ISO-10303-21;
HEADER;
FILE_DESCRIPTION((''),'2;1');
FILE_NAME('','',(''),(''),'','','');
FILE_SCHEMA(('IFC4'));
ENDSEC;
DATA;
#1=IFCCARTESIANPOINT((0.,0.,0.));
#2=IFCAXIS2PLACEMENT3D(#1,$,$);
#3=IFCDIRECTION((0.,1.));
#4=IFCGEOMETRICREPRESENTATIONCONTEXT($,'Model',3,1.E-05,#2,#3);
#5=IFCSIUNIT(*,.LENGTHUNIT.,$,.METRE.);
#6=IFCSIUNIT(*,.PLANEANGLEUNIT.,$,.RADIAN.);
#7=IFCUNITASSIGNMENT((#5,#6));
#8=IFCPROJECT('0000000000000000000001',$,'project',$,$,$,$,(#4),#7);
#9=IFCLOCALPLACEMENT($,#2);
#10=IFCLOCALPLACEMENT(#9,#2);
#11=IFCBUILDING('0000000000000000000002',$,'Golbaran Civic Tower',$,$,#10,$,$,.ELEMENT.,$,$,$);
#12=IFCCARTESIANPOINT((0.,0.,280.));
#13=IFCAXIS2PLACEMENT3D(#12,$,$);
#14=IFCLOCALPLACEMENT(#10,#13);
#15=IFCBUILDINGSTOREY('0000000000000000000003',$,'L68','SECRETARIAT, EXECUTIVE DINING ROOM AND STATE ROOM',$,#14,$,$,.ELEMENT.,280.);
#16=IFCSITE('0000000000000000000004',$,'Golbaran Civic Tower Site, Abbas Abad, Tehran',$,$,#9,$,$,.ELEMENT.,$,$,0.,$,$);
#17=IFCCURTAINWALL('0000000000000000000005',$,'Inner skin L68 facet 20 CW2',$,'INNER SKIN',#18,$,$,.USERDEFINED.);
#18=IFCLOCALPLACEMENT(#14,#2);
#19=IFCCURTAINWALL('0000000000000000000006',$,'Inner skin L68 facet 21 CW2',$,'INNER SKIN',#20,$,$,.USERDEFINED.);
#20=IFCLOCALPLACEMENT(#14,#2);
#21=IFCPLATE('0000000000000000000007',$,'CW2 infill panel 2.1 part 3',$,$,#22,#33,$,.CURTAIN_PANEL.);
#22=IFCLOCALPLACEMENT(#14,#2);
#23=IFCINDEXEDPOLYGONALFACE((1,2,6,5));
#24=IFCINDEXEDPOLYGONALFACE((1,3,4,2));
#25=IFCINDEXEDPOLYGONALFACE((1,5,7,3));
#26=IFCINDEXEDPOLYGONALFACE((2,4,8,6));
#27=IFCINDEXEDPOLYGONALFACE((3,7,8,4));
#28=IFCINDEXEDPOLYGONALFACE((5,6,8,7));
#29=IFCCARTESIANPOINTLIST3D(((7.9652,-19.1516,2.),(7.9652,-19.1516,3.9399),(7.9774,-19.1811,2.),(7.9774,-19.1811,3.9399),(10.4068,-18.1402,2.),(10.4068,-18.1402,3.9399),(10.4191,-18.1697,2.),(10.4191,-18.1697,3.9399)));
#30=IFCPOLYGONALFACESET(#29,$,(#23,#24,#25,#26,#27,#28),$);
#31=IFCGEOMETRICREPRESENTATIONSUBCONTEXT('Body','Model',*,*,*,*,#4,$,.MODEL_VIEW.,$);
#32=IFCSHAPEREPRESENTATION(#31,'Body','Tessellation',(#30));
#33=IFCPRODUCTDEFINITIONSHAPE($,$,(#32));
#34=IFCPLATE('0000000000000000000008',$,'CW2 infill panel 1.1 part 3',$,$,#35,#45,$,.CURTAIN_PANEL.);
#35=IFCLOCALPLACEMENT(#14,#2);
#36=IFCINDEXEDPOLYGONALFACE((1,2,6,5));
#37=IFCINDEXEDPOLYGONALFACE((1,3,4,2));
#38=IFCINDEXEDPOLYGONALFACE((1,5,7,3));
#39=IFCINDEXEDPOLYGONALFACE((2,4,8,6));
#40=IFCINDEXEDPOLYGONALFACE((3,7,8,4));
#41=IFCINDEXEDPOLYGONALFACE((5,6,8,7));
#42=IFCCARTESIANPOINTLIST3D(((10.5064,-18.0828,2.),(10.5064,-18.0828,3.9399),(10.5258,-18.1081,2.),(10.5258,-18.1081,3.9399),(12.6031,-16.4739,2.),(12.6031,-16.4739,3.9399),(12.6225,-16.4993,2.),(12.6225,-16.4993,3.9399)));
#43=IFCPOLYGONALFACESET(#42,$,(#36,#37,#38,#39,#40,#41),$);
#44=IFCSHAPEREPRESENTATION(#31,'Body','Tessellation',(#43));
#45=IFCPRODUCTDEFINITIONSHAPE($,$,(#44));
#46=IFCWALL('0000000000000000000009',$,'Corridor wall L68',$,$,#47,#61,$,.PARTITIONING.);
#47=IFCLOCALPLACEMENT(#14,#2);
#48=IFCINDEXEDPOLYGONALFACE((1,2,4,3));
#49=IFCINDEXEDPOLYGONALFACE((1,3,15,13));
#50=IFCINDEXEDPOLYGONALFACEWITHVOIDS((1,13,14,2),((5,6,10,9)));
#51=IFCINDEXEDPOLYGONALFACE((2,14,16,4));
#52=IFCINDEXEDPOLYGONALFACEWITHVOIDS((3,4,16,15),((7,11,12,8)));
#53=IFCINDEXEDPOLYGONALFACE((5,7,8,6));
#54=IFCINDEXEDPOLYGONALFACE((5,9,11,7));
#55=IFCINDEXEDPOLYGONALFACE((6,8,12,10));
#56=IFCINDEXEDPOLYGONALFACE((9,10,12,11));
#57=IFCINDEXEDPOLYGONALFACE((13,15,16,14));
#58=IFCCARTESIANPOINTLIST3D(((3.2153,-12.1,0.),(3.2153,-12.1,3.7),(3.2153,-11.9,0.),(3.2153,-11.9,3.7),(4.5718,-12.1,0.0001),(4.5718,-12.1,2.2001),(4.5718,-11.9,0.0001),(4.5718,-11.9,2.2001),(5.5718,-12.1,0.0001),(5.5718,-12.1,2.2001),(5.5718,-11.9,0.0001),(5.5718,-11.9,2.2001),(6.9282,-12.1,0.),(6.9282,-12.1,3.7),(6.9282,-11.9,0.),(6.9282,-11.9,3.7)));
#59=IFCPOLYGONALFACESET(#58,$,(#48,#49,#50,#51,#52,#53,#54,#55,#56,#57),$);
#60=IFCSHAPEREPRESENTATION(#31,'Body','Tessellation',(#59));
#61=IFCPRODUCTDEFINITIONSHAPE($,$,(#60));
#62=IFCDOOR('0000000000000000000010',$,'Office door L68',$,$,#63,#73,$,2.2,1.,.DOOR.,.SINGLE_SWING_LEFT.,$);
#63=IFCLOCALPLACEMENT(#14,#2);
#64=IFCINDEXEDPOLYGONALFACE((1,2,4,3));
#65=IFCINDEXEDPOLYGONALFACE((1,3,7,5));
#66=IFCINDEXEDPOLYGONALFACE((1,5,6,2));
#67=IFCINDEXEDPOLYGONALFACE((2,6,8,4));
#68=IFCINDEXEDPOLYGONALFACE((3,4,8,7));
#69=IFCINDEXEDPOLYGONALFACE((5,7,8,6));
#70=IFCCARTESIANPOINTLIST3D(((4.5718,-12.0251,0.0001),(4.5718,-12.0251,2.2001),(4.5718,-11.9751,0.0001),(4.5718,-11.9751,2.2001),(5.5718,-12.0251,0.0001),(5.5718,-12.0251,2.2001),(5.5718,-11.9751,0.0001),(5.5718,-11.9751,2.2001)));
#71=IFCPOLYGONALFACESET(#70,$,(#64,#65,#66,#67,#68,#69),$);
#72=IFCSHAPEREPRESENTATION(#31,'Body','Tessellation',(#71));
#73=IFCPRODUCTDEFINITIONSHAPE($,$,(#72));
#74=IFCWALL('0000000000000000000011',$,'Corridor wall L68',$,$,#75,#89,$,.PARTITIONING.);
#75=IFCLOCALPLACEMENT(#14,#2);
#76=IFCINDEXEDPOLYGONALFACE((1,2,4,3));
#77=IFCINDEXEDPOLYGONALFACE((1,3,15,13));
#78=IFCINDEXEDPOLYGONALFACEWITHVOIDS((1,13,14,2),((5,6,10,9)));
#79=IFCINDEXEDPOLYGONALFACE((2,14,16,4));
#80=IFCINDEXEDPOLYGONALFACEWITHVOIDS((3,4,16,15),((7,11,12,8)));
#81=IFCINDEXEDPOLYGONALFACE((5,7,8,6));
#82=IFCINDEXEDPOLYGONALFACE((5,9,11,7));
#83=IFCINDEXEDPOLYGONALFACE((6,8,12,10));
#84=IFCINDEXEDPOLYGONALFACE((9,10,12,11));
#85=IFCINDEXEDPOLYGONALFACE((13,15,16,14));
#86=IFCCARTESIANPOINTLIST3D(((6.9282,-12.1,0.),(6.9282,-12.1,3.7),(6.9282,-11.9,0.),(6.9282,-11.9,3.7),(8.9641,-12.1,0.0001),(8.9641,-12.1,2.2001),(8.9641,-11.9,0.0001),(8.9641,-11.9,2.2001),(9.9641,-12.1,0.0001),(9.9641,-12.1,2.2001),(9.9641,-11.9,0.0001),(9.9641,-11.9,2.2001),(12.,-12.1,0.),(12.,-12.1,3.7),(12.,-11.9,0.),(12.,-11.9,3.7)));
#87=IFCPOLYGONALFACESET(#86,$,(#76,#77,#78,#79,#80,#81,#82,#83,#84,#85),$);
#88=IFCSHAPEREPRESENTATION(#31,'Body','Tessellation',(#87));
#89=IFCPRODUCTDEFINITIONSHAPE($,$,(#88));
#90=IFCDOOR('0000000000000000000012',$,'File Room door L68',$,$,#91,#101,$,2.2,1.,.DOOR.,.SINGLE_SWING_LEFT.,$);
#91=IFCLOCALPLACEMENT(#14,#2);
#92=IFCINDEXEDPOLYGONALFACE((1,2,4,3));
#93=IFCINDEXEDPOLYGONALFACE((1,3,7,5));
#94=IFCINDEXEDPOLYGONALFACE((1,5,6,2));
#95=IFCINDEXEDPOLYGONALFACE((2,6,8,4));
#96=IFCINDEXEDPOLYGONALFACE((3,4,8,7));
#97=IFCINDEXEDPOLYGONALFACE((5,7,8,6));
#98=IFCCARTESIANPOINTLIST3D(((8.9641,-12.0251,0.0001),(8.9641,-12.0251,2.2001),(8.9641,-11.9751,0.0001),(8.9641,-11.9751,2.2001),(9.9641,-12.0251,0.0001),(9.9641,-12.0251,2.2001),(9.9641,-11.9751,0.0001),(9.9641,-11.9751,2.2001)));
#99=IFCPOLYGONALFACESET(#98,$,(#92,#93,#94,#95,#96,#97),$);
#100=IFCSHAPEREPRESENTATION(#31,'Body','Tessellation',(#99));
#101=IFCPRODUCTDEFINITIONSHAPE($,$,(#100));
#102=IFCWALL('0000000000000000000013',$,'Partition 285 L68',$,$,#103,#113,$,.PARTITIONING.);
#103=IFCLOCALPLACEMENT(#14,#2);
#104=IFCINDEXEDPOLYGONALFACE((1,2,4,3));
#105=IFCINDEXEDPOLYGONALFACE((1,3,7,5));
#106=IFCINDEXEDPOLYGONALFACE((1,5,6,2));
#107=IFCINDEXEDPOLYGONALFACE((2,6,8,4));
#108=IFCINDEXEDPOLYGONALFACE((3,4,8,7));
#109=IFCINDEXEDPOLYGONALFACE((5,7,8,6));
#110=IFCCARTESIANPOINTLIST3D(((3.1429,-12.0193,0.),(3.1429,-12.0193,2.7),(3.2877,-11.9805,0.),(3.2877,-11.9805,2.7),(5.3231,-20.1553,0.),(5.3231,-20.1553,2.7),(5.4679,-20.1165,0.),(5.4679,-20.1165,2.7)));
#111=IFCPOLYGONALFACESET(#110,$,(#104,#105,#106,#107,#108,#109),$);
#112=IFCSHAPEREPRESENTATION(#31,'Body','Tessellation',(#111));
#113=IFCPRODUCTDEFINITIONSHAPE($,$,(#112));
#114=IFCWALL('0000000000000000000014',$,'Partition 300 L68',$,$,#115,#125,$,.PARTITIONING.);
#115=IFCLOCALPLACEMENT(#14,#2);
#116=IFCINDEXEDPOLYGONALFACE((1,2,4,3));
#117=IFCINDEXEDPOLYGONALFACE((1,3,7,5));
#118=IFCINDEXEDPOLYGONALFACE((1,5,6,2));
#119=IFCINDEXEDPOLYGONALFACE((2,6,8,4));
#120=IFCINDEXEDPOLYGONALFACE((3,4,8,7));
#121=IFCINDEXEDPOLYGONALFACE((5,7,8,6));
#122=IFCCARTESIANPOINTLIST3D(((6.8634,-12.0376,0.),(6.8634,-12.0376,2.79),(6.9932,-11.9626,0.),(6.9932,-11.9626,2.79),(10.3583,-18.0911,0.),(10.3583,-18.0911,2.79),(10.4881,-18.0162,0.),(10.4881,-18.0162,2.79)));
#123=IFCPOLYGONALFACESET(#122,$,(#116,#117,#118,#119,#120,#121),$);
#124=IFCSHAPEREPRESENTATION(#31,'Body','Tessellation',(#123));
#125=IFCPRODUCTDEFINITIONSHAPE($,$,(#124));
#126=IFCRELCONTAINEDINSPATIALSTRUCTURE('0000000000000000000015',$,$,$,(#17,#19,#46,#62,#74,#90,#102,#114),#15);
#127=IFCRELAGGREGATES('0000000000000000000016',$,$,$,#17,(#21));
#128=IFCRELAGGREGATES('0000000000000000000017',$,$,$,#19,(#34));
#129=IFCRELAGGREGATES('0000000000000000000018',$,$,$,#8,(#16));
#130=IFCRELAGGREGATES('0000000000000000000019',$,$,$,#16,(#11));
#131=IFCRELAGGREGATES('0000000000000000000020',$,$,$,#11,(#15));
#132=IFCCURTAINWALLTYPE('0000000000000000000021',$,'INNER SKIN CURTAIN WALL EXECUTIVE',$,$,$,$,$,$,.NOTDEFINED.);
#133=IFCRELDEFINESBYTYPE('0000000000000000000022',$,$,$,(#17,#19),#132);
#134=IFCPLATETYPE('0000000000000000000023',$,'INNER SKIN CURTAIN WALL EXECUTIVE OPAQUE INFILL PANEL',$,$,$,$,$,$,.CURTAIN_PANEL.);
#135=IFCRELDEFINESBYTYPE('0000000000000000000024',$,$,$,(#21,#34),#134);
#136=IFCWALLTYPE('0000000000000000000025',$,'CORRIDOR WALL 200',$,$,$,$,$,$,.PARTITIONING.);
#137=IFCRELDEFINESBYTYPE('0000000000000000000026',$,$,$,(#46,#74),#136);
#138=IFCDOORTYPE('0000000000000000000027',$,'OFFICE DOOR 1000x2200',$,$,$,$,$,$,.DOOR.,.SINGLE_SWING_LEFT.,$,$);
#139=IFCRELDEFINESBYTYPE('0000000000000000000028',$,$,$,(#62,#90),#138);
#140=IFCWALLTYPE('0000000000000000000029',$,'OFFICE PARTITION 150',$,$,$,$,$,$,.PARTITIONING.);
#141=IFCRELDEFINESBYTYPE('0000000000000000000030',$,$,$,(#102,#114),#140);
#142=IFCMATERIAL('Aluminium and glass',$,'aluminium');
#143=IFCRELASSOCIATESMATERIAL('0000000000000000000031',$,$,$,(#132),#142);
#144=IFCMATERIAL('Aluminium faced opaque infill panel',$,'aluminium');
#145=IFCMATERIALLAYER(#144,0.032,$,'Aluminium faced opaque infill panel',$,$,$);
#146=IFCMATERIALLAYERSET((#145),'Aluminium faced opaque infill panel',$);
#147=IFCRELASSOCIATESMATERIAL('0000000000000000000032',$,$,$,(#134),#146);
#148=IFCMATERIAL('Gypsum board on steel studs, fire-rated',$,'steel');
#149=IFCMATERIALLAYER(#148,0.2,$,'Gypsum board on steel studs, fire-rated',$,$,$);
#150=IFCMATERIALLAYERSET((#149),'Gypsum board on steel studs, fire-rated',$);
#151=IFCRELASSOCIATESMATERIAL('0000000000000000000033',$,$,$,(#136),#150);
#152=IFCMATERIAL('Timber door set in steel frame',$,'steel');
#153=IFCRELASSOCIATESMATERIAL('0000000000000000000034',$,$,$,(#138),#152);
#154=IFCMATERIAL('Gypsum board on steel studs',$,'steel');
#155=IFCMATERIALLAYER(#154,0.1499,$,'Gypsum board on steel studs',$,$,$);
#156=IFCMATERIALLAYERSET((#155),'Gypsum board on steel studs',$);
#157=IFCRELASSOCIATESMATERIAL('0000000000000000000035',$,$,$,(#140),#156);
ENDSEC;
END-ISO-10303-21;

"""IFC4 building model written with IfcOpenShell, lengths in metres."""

from ifc_helpers import new_model, si_unit, direction, frame, frame_2d, origin, origin_2d, place, context, subcontext, project, spatial, rectangle, extrude, material, layer, layer_set, type_object, element, fill, aggregate, save


model = new_model("IFC4")

# Units and contexts
model_context = context("Model", 3, precision=1e-05, world=origin(), true_north=direction((0.0, 1.0)))
body_context = subcontext(model_context, "Body", "Model", "MODEL_VIEW")
ifc_project = project(units=[si_unit("LENGTHUNIT", "METRE"), si_unit("PLANEANGLEUNIT", "RADIAN")], contexts=[model_context])

# Site, building, storey
site_placement = place(None, origin())
site = spatial("IfcSite", under=ifc_project, at=site_placement, Name="Golbaran Civic Tower Site, Abbas Abad, Tehran", CompositionType="ELEMENT", RefElevation=0.0)
building_placement = place(site_placement, origin())
building = spatial("IfcBuilding", under=site, at=building_placement, Name="Golbaran Civic Tower", CompositionType="ELEMENT")
storey_placement = place(building_placement, frame((0.0, 0.0, 280.0)))
storey = spatial("IfcBuildingStorey", under=building, at=storey_placement, Name="L68", Description="SECRETARIAT, EXECUTIVE DINING ROOM AND STATE ROOM", CompositionType="ELEMENT", Elevation=280.0)

# Curtain walls
ifc_material_1 = material(Name="Aluminium and glass", Category="aluminium")
curtain_wall_type = type_object("IfcCurtainWallType", Name="INNER SKIN CURTAIN WALL EXECUTIVE", PredefinedType="NOTDEFINED", material=ifc_material_1)
curtain_wall_1_placement = place(storey_placement, origin())
curtain_wall_1 = element("IfcCurtainWall", 1, at=curtain_wall_1_placement, inside=storey, type_object=curtain_wall_type, Name="Inner skin L68 facet 20 CW2", ObjectType="INNER SKIN", PredefinedType="USERDEFINED")
curtain_wall_2_placement = place(storey_placement, origin())
curtain_wall_2 = element("IfcCurtainWall", 2, at=curtain_wall_2_placement, inside=storey, type_object=curtain_wall_type, Name="Inner skin L68 facet 21 CW2", ObjectType="INNER SKIN", PredefinedType="USERDEFINED")

# Plates
ifc_material_2 = material(Name="Aluminium faced opaque infill panel", Category="aluminium")
ifc_layer_1 = layer(ifc_material_2, 0.032, Name="Aluminium faced opaque infill panel")
ifc_layer_set_1 = layer_set([ifc_layer_1], Name="Aluminium faced opaque infill panel")
plate_type_1 = type_object("IfcPlateType", Name="INNER SKIN CURTAIN WALL EXECUTIVE OPAQUE INFILL PANEL", PredefinedType="CURTAIN_PANEL", material=ifc_layer_set_1)
plate_1_placement = place(storey_placement, frame((9.1921, -18.6606, 2.0), z_axis=(0.0, 0.0, 1.0), x_axis=(0.92388, 0.382683, 0.0)))
plate_1 = element("IfcPlate", 3, at=plate_1_placement, type_object=plate_type_1, Name="CW2 infill panel 2.1 part 3", PredefinedType="CURTAIN_PANEL", context=body_context, shape_type="SweptSolid", body=[
    extrude(rectangle(XDim=2.6428, YDim=0.032, at=origin_2d()), origin(), (0.0, 0.0, 1.0), 1.9399),
])
aggregate(curtain_wall_1, [plate_1])
plate_2_placement = place(storey_placement, frame((11.5645, -17.291, 2.0), z_axis=(0.0, 0.0, 1.0), x_axis=(0.793353, 0.608761, 0.0)))
plate_2 = element("IfcPlate", 4, at=plate_2_placement, type_object=plate_type_1, Name="CW2 infill panel 1.1 part 3", PredefinedType="CURTAIN_PANEL", context=body_context, shape_type="SweptSolid", body=[
    extrude(rectangle(XDim=2.6428, YDim=0.032, at=origin_2d()), origin(), (0.0, 0.0, 1.0), 1.9399),
])
aggregate(curtain_wall_2, [plate_2])

# Walls, openings, doors
ifc_material_3 = material(Name="Gypsum board on steel studs, fire-rated", Category="steel")
ifc_layer_2 = layer(ifc_material_3, 0.2, Name="Gypsum board on steel studs, fire-rated")
ifc_layer_set_2 = layer_set([ifc_layer_2], Name="Gypsum board on steel studs, fire-rated")
wall_type_1 = type_object("IfcWallType", Name="CORRIDOR WALL 200", PredefinedType="PARTITIONING", material=ifc_layer_set_2)
wall_1_placement = place(storey_placement, frame((3.2153, -12.0, 0.0), z_axis=(0.0, 0.0, 1.0), x_axis=(1.0, 0.0, 0.0)))
wall_1 = element("IfcWall", 5, at=wall_1_placement, inside=storey, type_object=wall_type_1, Name="Corridor wall L68", PredefinedType="PARTITIONING", context=body_context, shape_type="SweptSolid", body=[
    extrude(rectangle(XDim=3.7129, YDim=0.2, at=frame_2d((1.8564, 0.0))), origin(), (0.0, 0.0, 1.0), 3.7),
])
opening_1_placement = place(wall_1_placement, frame((1.3564, 0.0, 0.0)))
opening_1 = element("IfcOpeningElement", 6, at=opening_1_placement, cuts=wall_1, PredefinedType="OPENING", context=body_context, shape_type="SweptSolid", body=[
    extrude(rectangle(XDim=1.0, YDim=2.2, at=frame_2d((0.5, 1.1001))), frame((0.0, 0.1099, 0.0), z_axis=(0.0, -1.0, 0.0), x_axis=(1.0, 0.0, 0.0)), (0.0, 0.0, 1.0), 0.22),
])
ifc_material_4 = material(Name="Timber door set in steel frame", Category="steel")
door_type = type_object("IfcDoorType", Name="OFFICE DOOR 1000x2200", OperationType="SINGLE_SWING_LEFT", PredefinedType="DOOR", material=ifc_material_4)
door_1_placement = place(opening_1_placement, origin())
door_1 = element("IfcDoor", 7, at=door_1_placement, inside=storey, type_object=door_type, Name="Office door L68", OperationType="SINGLE_SWING_LEFT", OverallHeight=2.2, OverallWidth=1.0, PredefinedType="DOOR", context=body_context, shape_type="SweptSolid", body=[
    extrude(rectangle(XDim=1.0, YDim=2.2, at=frame_2d((0.5, 1.1001))), frame((0.0, 0.0249, 0.0), z_axis=(0.0, -1.0, 0.0), x_axis=(1.0, 0.0, 0.0)), (0.0, 0.0, 1.0), 0.05),
])
fill(opening_1, door_1)
wall_2_placement = place(storey_placement, frame((6.9282, -12.0, 0.0), z_axis=(0.0, 0.0, 1.0), x_axis=(1.0, 0.0, 0.0)))
wall_2 = element("IfcWall", 8, at=wall_2_placement, inside=storey, type_object=wall_type_1, Name="Corridor wall L68", PredefinedType="PARTITIONING", context=body_context, shape_type="SweptSolid", body=[
    extrude(rectangle(XDim=5.0718, YDim=0.2, at=frame_2d((2.5359, 0.0))), origin(), (0.0, 0.0, 1.0), 3.7),
])
opening_2_placement = place(wall_2_placement, frame((2.0359, 0.0, 0.0)))
opening_2 = element("IfcOpeningElement", 9, at=opening_2_placement, cuts=wall_2, PredefinedType="OPENING", context=body_context, shape_type="SweptSolid", body=[
    extrude(rectangle(XDim=1.0, YDim=2.2, at=frame_2d((0.5, 1.1001))), frame((0.0, 0.1099, 0.0), z_axis=(0.0, -1.0, 0.0), x_axis=(1.0, 0.0, 0.0)), (0.0, 0.0, 1.0), 0.22),
])
door_2_placement = place(opening_2_placement, origin())
door_2 = element("IfcDoor", 10, at=door_2_placement, inside=storey, type_object=door_type, Name="File Room door L68", OperationType="SINGLE_SWING_LEFT", OverallHeight=2.2, OverallWidth=1.0, PredefinedType="DOOR", context=body_context, shape_type="SweptSolid", body=[
    extrude(rectangle(XDim=1.0, YDim=2.2, at=frame_2d((0.5, 1.1001))), frame((0.0, 0.0249, 0.0), z_axis=(0.0, -1.0, 0.0), x_axis=(1.0, 0.0, 0.0)), (0.0, 0.0, 1.0), 0.05),
])
fill(opening_2, door_2)

# Walls
ifc_material_5 = material(Name="Gypsum board on steel studs", Category="steel")
ifc_layer_3 = layer(ifc_material_5, 0.1499, Name="Gypsum board on steel studs")
ifc_layer_set_3 = layer_set([ifc_layer_3], Name="Gypsum board on steel studs")
wall_type_2 = type_object("IfcWallType", Name="OFFICE PARTITION 150", PredefinedType="PARTITIONING", material=ifc_layer_set_3)
wall_3_placement = place(storey_placement, frame((3.2153, -12.0, 0.0), z_axis=(0.0, 0.0, 1.0), x_axis=(0.258835, -0.965922, 0.0)))
element("IfcWall", 11, at=wall_3_placement, inside=storey, type_object=wall_type_2, Name="Partition 285 L68", PredefinedType="PARTITIONING", context=body_context, shape_type="SweptSolid", body=[
    extrude(rectangle(XDim=8.4231, YDim=0.1499, at=frame_2d((4.2114, 0.0))), origin(), (0.0, 0.0, 1.0), 2.7),
])
wall_4_placement = place(storey_placement, frame((6.9282, -12.0, 0.0), z_axis=(0.0, 0.0, 1.0), x_axis=(0.49999, -0.866031, 0.0)))
element("IfcWall", 12, at=wall_4_placement, inside=storey, type_object=wall_type_2, Name="Partition 300 L68", PredefinedType="PARTITIONING", context=body_context, shape_type="SweptSolid", body=[
    extrude(rectangle(XDim=6.99, YDim=0.1499, at=frame_2d((3.4951, 0.0))), origin(), (0.0, 0.0, 1.0), 2.79),
])

save(model, "model.ifc")
